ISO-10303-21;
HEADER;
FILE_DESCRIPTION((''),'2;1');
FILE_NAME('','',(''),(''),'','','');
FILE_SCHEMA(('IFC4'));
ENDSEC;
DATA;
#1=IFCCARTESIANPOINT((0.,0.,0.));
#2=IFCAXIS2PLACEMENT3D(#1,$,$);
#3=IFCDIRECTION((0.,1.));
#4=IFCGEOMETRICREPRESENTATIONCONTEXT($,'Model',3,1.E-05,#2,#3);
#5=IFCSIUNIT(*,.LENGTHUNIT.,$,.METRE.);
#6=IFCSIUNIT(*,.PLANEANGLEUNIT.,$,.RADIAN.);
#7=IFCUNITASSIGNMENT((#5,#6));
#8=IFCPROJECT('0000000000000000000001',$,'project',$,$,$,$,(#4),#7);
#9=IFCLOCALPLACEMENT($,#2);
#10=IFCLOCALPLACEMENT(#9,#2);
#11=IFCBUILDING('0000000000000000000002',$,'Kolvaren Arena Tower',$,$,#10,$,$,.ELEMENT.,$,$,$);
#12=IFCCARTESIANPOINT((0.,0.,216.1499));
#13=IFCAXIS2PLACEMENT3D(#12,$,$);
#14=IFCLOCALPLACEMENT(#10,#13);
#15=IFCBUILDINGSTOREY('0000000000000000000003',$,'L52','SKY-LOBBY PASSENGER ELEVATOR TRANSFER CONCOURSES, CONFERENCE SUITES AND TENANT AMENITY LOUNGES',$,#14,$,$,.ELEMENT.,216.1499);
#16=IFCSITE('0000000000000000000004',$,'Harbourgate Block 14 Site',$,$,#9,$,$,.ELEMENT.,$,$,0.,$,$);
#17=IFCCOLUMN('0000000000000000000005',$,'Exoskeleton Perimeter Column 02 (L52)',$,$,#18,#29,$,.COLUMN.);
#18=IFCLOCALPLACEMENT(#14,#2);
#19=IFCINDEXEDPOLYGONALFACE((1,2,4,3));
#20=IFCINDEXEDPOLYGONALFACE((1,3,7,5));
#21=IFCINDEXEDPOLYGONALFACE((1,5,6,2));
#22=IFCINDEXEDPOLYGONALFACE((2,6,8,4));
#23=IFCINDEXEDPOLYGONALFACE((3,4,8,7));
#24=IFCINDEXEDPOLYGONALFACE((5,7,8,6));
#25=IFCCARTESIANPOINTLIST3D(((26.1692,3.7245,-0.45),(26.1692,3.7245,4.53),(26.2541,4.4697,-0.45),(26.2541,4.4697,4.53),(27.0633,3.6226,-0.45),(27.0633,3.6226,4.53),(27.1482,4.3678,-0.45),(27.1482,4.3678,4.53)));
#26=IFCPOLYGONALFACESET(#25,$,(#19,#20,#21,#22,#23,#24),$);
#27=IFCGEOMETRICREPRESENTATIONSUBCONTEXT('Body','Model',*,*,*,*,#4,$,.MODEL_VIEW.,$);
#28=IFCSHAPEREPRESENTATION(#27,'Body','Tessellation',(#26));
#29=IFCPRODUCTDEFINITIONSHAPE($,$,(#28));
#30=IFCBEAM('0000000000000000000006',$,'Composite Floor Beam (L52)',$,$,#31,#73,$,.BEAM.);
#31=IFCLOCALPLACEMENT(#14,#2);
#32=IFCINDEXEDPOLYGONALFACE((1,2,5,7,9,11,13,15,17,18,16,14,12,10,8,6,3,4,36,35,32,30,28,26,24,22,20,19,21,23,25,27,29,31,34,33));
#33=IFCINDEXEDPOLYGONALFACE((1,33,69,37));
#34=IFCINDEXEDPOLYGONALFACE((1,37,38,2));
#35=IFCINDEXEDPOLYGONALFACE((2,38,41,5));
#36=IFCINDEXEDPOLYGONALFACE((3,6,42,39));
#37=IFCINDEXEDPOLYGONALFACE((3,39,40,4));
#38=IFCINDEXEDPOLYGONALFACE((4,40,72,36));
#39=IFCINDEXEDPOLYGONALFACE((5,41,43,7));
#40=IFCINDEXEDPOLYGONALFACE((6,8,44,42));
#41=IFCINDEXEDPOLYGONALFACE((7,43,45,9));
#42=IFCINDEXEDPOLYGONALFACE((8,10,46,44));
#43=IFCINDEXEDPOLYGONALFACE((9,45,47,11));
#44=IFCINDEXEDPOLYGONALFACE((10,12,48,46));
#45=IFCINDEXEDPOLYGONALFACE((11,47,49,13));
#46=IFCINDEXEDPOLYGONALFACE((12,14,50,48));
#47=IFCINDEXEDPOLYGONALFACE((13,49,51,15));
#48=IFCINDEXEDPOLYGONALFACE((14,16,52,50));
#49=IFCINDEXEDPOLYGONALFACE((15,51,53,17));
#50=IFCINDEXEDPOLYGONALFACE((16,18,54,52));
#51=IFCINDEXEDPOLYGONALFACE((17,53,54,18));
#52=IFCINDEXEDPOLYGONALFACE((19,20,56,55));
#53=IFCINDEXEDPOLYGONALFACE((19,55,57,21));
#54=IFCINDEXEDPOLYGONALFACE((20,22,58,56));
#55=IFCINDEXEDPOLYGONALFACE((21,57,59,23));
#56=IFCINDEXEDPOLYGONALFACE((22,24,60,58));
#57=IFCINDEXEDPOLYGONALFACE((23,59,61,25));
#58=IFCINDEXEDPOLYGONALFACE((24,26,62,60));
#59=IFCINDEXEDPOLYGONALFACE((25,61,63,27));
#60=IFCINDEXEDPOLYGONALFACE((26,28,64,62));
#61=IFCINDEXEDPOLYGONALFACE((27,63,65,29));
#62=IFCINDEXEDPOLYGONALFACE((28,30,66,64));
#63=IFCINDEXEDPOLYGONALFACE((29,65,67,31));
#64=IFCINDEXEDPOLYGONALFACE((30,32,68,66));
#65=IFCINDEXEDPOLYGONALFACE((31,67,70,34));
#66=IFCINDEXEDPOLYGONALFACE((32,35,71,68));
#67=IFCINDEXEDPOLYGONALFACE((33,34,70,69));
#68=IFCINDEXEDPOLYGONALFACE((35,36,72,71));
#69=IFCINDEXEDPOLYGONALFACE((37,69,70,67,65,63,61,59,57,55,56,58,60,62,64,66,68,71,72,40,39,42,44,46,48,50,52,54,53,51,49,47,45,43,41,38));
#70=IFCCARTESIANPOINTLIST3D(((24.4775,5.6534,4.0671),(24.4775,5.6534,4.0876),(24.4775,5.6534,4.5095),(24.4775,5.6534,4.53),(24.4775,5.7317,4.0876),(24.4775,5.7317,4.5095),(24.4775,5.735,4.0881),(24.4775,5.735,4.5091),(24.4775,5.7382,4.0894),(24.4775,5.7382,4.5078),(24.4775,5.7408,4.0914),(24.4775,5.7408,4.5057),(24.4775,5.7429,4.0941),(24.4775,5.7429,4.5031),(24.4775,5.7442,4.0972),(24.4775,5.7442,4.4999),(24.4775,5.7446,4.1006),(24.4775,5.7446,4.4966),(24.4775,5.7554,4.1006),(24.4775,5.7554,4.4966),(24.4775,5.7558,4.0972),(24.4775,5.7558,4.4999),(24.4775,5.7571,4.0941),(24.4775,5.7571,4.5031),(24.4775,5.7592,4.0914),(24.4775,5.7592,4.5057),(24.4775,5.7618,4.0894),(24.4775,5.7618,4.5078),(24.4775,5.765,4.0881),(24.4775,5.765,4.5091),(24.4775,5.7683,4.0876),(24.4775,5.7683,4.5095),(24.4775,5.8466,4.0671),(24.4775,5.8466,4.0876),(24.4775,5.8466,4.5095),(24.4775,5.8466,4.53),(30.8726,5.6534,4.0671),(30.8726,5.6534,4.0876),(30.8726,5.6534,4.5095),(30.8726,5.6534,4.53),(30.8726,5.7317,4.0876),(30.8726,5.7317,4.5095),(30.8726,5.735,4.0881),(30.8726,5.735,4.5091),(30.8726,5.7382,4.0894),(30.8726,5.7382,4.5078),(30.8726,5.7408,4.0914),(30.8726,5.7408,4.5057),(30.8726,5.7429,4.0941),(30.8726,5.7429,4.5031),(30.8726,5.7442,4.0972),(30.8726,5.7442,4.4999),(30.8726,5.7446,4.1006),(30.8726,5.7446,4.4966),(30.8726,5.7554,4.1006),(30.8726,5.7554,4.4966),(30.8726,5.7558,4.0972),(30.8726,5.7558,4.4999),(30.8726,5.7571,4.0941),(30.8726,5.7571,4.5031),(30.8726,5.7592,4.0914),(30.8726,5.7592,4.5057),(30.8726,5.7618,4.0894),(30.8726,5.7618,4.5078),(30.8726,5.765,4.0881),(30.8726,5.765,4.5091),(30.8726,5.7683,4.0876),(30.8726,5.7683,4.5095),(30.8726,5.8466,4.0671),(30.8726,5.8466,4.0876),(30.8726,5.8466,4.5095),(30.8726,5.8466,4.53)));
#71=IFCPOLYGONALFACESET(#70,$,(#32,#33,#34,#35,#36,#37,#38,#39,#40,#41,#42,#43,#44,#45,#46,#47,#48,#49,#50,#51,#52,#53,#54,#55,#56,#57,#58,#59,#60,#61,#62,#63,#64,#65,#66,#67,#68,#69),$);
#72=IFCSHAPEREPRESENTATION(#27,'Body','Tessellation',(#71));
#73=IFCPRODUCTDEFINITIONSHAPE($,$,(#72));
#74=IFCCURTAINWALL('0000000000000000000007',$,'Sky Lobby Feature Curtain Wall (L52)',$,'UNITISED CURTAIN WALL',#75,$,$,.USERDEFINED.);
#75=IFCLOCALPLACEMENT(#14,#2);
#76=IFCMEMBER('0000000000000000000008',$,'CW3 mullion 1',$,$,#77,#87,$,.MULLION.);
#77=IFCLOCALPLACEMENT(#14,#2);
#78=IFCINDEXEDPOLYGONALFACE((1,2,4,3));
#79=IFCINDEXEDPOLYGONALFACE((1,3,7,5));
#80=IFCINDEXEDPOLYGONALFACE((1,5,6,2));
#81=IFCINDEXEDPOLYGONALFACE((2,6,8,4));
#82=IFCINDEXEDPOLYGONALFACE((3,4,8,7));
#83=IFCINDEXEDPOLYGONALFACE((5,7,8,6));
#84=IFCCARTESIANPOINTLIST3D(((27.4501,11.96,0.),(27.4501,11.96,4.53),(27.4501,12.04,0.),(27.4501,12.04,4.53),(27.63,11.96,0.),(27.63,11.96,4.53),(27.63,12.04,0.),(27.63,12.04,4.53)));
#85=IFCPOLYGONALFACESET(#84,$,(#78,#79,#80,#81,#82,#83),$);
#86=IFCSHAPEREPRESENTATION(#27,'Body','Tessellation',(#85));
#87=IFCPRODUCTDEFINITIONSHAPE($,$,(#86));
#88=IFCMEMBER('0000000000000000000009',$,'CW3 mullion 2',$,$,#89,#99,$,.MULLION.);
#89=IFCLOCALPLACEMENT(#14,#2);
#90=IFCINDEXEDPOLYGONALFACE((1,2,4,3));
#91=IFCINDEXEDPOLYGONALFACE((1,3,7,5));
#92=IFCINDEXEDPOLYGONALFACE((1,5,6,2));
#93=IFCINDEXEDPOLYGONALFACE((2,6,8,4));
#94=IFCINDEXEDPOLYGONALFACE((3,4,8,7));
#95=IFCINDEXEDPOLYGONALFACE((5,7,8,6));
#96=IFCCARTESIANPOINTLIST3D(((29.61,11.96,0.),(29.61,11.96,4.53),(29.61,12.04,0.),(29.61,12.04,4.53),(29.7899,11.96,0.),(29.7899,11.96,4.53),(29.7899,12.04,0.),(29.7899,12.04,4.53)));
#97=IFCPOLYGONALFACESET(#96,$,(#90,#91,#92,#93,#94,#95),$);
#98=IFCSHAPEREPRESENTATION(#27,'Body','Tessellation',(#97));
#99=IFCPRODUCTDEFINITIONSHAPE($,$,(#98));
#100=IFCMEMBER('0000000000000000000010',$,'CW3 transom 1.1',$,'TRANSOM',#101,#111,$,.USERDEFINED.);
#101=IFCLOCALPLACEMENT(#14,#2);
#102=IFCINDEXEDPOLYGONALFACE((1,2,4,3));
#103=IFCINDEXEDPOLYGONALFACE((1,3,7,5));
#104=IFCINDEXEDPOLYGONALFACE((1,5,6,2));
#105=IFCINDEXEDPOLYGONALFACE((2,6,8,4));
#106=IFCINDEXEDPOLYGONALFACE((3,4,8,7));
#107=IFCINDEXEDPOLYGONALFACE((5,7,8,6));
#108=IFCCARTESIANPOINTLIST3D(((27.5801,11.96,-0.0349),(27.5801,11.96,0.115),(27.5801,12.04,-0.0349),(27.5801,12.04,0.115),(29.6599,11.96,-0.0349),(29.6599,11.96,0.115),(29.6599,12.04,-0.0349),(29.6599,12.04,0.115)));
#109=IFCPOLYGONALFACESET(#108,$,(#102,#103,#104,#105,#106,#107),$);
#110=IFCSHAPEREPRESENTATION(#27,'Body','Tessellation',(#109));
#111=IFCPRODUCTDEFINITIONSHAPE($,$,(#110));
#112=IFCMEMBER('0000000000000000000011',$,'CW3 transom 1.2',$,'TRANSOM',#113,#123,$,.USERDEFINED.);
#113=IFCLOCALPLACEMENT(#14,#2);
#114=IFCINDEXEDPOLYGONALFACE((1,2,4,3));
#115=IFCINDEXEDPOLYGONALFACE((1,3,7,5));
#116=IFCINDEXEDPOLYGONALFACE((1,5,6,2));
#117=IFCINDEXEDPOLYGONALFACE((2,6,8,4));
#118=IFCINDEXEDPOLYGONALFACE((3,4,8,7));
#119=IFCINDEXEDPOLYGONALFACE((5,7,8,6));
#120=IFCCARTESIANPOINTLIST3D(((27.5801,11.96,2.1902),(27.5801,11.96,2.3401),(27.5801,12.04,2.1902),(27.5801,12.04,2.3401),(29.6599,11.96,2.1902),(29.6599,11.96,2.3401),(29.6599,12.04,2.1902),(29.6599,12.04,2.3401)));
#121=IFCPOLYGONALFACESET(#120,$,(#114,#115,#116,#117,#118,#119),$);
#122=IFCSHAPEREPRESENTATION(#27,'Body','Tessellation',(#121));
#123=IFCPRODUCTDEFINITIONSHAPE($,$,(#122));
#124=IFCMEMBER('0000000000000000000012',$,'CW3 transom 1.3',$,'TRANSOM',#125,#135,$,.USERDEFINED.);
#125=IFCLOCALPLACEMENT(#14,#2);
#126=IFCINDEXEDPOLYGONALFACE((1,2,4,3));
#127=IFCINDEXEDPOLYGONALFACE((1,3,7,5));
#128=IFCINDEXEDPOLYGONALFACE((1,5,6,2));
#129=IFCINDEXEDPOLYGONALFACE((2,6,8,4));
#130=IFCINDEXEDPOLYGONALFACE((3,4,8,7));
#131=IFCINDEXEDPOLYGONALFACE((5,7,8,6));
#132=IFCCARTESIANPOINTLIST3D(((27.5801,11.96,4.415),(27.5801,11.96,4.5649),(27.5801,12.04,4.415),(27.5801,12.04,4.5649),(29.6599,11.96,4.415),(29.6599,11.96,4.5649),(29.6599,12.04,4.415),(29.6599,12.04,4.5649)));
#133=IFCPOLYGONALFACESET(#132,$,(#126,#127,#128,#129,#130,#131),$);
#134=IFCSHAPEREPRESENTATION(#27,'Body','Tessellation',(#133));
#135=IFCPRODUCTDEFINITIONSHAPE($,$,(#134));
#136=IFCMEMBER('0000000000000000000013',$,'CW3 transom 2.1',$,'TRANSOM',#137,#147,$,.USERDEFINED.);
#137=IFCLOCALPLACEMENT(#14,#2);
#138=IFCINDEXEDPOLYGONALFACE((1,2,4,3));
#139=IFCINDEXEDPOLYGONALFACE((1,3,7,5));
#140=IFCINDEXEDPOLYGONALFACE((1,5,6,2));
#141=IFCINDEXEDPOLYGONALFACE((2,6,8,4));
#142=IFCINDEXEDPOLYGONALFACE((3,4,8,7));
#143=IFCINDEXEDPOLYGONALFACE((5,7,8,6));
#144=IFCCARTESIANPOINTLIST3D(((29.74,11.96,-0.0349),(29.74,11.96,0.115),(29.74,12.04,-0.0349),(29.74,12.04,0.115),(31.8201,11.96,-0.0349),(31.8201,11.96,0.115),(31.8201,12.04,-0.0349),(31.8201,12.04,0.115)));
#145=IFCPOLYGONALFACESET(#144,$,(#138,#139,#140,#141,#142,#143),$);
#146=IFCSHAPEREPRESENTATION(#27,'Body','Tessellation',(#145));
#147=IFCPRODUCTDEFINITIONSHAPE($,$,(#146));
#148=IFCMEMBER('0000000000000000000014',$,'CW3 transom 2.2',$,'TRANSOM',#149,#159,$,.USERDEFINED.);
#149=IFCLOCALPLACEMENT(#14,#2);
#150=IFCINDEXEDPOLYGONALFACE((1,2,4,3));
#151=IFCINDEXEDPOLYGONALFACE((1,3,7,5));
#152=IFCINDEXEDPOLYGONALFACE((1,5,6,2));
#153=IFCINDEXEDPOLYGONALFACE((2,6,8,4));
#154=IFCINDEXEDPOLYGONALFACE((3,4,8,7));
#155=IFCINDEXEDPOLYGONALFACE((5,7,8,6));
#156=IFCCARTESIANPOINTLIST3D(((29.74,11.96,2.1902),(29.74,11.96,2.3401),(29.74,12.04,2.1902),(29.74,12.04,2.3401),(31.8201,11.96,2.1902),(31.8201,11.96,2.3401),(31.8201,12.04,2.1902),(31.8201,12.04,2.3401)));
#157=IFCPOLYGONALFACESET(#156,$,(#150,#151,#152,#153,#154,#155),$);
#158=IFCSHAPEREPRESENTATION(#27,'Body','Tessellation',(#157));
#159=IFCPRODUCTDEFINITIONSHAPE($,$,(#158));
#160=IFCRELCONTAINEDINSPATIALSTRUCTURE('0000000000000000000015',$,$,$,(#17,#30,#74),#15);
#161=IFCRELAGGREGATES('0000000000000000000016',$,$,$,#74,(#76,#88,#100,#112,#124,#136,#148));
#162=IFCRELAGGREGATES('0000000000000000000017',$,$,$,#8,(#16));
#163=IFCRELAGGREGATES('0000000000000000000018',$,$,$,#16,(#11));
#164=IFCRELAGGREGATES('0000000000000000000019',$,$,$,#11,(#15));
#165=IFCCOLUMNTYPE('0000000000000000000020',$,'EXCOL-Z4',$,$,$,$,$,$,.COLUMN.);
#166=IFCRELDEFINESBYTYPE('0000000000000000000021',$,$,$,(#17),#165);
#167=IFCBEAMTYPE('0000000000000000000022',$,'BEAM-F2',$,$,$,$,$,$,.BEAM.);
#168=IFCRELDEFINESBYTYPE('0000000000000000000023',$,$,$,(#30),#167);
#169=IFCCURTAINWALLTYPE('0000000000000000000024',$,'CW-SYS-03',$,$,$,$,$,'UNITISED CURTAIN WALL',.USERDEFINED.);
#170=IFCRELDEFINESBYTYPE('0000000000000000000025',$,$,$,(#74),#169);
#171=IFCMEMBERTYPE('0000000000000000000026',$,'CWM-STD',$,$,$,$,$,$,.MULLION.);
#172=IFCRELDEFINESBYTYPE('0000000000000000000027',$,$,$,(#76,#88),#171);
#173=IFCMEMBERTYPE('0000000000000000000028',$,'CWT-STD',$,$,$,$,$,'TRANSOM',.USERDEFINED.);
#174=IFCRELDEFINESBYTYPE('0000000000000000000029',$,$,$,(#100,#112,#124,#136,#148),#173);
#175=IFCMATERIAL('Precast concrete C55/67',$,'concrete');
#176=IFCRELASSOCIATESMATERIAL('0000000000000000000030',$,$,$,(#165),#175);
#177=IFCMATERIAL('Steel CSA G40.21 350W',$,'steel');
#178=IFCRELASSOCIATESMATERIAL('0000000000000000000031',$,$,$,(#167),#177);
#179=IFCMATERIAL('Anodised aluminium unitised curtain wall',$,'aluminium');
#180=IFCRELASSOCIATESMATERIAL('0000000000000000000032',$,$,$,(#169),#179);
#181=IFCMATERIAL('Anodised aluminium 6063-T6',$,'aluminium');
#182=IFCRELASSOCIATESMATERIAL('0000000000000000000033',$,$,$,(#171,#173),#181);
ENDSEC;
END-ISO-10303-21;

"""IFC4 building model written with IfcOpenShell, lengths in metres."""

from ifc_helpers import new_model, si_unit, direction, frame, origin, origin_2d, place, context, subcontext, project, spatial, rectangle, i_section, extrude, material, material_profile, profile_set, type_object, element, aggregate, save


model = new_model("IFC4")

# Units and contexts
model_context = context("Model", 3, precision=1e-05, world=origin(), true_north=direction((0.0, 1.0)))
body_context = subcontext(model_context, "Body", "Model", "MODEL_VIEW")
ifc_project = project(units=[si_unit("LENGTHUNIT", "METRE"), si_unit("PLANEANGLEUNIT", "RADIAN")], contexts=[model_context])

# Site, building, storey
site_placement = place(None, origin())
site = spatial("IfcSite", under=ifc_project, at=site_placement, Name="Harbourgate Block 14 Site", CompositionType="ELEMENT", RefElevation=0.0)
building_placement = place(site_placement, origin())
building = spatial("IfcBuilding", under=site, at=building_placement, Name="Kolvaren Arena Tower", CompositionType="ELEMENT")
storey_placement = place(building_placement, frame((0.0, 0.0, 216.1499)))
storey = spatial("IfcBuildingStorey", under=building, at=storey_placement, Name="L52", Description="SKY-LOBBY PASSENGER ELEVATOR TRANSFER CONCOURSES, CONFERENCE SUITES AND TENANT AMENITY LOUNGES", CompositionType="ELEMENT", Elevation=216.1499)

# Column
ifc_material_1 = material(Name="Precast concrete C55/67", Category="concrete")
ifc_material_profile_1 = material_profile(ifc_material_1, rectangle(XDim=0.8999, YDim=0.75, at=origin_2d()), Name="RC-900x750")
ifc_profile_set_1 = profile_set([ifc_material_profile_1], Name="Precast concrete C55/67")
column_type = type_object("IfcColumnType", Name="EXCOL-Z4", PredefinedType="COLUMN", material=ifc_profile_set_1)
column_placement = place(storey_placement, frame((26.6587, 4.0461, -0.45), z_axis=(0.0, 0.0, 1.0), x_axis=(0.993572, -0.113203, 0.0)))
element("IfcColumn", 1, at=column_placement, inside=storey, type_object=column_type, Name="Exoskeleton Perimeter Column 02 (L52)", PredefinedType="COLUMN", context=body_context, shape_type="SweptSolid", body=[
    extrude(rectangle(XDim=0.8999, YDim=0.75, at=origin_2d()), origin(), (0.0, 0.0, 1.0), 4.98),
])

# Beam
ifc_material_2 = material(Name="Steel CSA G40.21 350W", Category="steel")
ifc_material_profile_2 = material_profile(ifc_material_2, i_section(OverallWidth=0.1931, OverallDepth=0.4629, WebThickness=0.0107, FlangeThickness=0.0205, FilletRadius=0.0129, at=origin_2d()), Name="W460x113")
ifc_profile_set_2 = profile_set([ifc_material_profile_2], Name="Steel CSA G40.21 350W")
beam_type_1 = type_object("IfcBeamType", Name="BEAM-F2", PredefinedType="BEAM", material=ifc_profile_set_2)
beam_1_placement = place(storey_placement, frame((24.4775, 5.75, 4.2986), z_axis=(1.0, 0.0, 0.0), x_axis=(0.0, 1.0, 0.0)))
element("IfcBeam", 2, at=beam_1_placement, inside=storey, type_object=beam_type_1, Name="Composite Floor Beam (L52)", PredefinedType="BEAM", context=body_context, shape_type="SweptSolid", body=[
    extrude(i_section(OverallWidth=0.1931, OverallDepth=0.4629, WebThickness=0.0107, FlangeThickness=0.0205, FilletRadius=0.0129, at=origin_2d()), origin(), (0.0, 0.0, 1.0), 6.395),
])

# Curtain wall, members
ifc_material_3 = material(Name="Anodised aluminium unitised curtain wall", Category="aluminium")
curtain_wall_type = type_object("IfcCurtainWallType", Name="CW-SYS-03", ElementType="UNITISED CURTAIN WALL", PredefinedType="USERDEFINED", material=ifc_material_3)
curtain_wall_placement = place(storey_placement, origin())
curtain_wall = element("IfcCurtainWall", 3, at=curtain_wall_placement, inside=storey, type_object=curtain_wall_type, Name="Sky Lobby Feature Curtain Wall (L52)", ObjectType="UNITISED CURTAIN WALL", PredefinedType="USERDEFINED")
ifc_material_4 = material(Name="Anodised aluminium 6063-T6", Category="aluminium")
ifc_material_profile_3 = material_profile(ifc_material_4, rectangle(XDim=0.0801, YDim=0.1799, at=origin_2d()), Name="ALU-80x180")
ifc_profile_set_3 = profile_set([ifc_material_profile_3], Name="Anodised aluminium 6063-T6")
member_type_1 = type_object("IfcMemberType", Name="CWM-STD", PredefinedType="MULLION", material=ifc_profile_set_3)
member_1_placement = place(storey_placement, frame((27.54, 12.0, 0.0), z_axis=(0.0, 0.0, 1.0), x_axis=(0.0, 1.0, 0.0)))
member_1 = element("IfcMember", 4, at=member_1_placement, type_object=member_type_1, Name="CW3 mullion 1", PredefinedType="MULLION", context=body_context, shape_type="SweptSolid", body=[
    extrude(rectangle(XDim=0.0801, YDim=0.1799, at=origin_2d()), origin(), (0.0, 0.0, 1.0), 4.53),
])
member_2_placement = place(storey_placement, frame((29.7, 12.0, 0.0), z_axis=(0.0, 0.0, 1.0), x_axis=(0.0, 1.0, 0.0)))
member_2 = element("IfcMember", 5, at=member_2_placement, type_object=member_type_1, Name="CW3 mullion 2", PredefinedType="MULLION", context=body_context, shape_type="SweptSolid", body=[
    extrude(rectangle(XDim=0.0801, YDim=0.1799, at=origin_2d()), origin(), (0.0, 0.0, 1.0), 4.53),
])
ifc_material_profile_4 = material_profile(ifc_material_4, rectangle(XDim=0.0801, YDim=0.1499, at=origin_2d()), Name="ALU-80x150")
ifc_profile_set_4 = profile_set([ifc_material_profile_4], Name="Anodised aluminium 6063-T6")
member_type_2 = type_object("IfcMemberType", Name="CWT-STD", ElementType="TRANSOM", PredefinedType="USERDEFINED", material=ifc_profile_set_4)
member_3_placement = place(storey_placement, frame((27.5801, 12.0, 0.04), z_axis=(1.0, 0.0, 0.0), x_axis=(0.0, 1.0, 0.0)))
member_3 = element("IfcMember", 6, at=member_3_placement, type_object=member_type_2, Name="CW3 transom 1.1", ObjectType="TRANSOM", PredefinedType="USERDEFINED", context=body_context, shape_type="SweptSolid", body=[
    extrude(rectangle(XDim=0.0801, YDim=0.1499, at=origin_2d()), origin(), (0.0, 0.0, 1.0), 2.0798),
])
member_4_placement = place(storey_placement, frame((27.5801, 12.0, 2.2651), z_axis=(1.0, 0.0, 0.0), x_axis=(0.0, 1.0, 0.0)))
member_4 = element("IfcMember", 7, at=member_4_placement, type_object=member_type_2, Name="CW3 transom 1.2", ObjectType="TRANSOM", PredefinedType="USERDEFINED", context=body_context, shape_type="SweptSolid", body=[
    extrude(rectangle(XDim=0.0801, YDim=0.1499, at=origin_2d()), origin(), (0.0, 0.0, 1.0), 2.0798),
])
member_5_placement = place(storey_placement, frame((27.5801, 12.0, 4.49), z_axis=(1.0, 0.0, 0.0), x_axis=(0.0, 1.0, 0.0)))
member_5 = element("IfcMember", 8, at=member_5_placement, type_object=member_type_2, Name="CW3 transom 1.3", ObjectType="TRANSOM", PredefinedType="USERDEFINED", context=body_context, shape_type="SweptSolid", body=[
    extrude(rectangle(XDim=0.0801, YDim=0.1499, at=origin_2d()), origin(), (0.0, 0.0, 1.0), 2.0798),
])
member_6_placement = place(storey_placement, frame((29.74, 12.0, 0.04), z_axis=(1.0, 0.0, 0.0), x_axis=(0.0, 1.0, 0.0)))
member_6 = element("IfcMember", 9, at=member_6_placement, type_object=member_type_2, Name="CW3 transom 2.1", ObjectType="TRANSOM", PredefinedType="USERDEFINED", context=body_context, shape_type="SweptSolid", body=[
    extrude(rectangle(XDim=0.0801, YDim=0.1499, at=origin_2d()), origin(), (0.0, 0.0, 1.0), 2.0801),
])
member_7_placement = place(storey_placement, frame((29.74, 12.0, 2.2651), z_axis=(1.0, 0.0, 0.0), x_axis=(0.0, 1.0, 0.0)))
member_7 = element("IfcMember", 10, at=member_7_placement, type_object=member_type_2, Name="CW3 transom 2.2", ObjectType="TRANSOM", PredefinedType="USERDEFINED", context=body_context, shape_type="SweptSolid", body=[
    extrude(rectangle(XDim=0.0801, YDim=0.1499, at=origin_2d()), origin(), (0.0, 0.0, 1.0), 2.0801),
])

aggregate(curtain_wall, [member_1, member_2, member_3, member_4, member_5, member_6, member_7])

save(model, "model.ifc")
